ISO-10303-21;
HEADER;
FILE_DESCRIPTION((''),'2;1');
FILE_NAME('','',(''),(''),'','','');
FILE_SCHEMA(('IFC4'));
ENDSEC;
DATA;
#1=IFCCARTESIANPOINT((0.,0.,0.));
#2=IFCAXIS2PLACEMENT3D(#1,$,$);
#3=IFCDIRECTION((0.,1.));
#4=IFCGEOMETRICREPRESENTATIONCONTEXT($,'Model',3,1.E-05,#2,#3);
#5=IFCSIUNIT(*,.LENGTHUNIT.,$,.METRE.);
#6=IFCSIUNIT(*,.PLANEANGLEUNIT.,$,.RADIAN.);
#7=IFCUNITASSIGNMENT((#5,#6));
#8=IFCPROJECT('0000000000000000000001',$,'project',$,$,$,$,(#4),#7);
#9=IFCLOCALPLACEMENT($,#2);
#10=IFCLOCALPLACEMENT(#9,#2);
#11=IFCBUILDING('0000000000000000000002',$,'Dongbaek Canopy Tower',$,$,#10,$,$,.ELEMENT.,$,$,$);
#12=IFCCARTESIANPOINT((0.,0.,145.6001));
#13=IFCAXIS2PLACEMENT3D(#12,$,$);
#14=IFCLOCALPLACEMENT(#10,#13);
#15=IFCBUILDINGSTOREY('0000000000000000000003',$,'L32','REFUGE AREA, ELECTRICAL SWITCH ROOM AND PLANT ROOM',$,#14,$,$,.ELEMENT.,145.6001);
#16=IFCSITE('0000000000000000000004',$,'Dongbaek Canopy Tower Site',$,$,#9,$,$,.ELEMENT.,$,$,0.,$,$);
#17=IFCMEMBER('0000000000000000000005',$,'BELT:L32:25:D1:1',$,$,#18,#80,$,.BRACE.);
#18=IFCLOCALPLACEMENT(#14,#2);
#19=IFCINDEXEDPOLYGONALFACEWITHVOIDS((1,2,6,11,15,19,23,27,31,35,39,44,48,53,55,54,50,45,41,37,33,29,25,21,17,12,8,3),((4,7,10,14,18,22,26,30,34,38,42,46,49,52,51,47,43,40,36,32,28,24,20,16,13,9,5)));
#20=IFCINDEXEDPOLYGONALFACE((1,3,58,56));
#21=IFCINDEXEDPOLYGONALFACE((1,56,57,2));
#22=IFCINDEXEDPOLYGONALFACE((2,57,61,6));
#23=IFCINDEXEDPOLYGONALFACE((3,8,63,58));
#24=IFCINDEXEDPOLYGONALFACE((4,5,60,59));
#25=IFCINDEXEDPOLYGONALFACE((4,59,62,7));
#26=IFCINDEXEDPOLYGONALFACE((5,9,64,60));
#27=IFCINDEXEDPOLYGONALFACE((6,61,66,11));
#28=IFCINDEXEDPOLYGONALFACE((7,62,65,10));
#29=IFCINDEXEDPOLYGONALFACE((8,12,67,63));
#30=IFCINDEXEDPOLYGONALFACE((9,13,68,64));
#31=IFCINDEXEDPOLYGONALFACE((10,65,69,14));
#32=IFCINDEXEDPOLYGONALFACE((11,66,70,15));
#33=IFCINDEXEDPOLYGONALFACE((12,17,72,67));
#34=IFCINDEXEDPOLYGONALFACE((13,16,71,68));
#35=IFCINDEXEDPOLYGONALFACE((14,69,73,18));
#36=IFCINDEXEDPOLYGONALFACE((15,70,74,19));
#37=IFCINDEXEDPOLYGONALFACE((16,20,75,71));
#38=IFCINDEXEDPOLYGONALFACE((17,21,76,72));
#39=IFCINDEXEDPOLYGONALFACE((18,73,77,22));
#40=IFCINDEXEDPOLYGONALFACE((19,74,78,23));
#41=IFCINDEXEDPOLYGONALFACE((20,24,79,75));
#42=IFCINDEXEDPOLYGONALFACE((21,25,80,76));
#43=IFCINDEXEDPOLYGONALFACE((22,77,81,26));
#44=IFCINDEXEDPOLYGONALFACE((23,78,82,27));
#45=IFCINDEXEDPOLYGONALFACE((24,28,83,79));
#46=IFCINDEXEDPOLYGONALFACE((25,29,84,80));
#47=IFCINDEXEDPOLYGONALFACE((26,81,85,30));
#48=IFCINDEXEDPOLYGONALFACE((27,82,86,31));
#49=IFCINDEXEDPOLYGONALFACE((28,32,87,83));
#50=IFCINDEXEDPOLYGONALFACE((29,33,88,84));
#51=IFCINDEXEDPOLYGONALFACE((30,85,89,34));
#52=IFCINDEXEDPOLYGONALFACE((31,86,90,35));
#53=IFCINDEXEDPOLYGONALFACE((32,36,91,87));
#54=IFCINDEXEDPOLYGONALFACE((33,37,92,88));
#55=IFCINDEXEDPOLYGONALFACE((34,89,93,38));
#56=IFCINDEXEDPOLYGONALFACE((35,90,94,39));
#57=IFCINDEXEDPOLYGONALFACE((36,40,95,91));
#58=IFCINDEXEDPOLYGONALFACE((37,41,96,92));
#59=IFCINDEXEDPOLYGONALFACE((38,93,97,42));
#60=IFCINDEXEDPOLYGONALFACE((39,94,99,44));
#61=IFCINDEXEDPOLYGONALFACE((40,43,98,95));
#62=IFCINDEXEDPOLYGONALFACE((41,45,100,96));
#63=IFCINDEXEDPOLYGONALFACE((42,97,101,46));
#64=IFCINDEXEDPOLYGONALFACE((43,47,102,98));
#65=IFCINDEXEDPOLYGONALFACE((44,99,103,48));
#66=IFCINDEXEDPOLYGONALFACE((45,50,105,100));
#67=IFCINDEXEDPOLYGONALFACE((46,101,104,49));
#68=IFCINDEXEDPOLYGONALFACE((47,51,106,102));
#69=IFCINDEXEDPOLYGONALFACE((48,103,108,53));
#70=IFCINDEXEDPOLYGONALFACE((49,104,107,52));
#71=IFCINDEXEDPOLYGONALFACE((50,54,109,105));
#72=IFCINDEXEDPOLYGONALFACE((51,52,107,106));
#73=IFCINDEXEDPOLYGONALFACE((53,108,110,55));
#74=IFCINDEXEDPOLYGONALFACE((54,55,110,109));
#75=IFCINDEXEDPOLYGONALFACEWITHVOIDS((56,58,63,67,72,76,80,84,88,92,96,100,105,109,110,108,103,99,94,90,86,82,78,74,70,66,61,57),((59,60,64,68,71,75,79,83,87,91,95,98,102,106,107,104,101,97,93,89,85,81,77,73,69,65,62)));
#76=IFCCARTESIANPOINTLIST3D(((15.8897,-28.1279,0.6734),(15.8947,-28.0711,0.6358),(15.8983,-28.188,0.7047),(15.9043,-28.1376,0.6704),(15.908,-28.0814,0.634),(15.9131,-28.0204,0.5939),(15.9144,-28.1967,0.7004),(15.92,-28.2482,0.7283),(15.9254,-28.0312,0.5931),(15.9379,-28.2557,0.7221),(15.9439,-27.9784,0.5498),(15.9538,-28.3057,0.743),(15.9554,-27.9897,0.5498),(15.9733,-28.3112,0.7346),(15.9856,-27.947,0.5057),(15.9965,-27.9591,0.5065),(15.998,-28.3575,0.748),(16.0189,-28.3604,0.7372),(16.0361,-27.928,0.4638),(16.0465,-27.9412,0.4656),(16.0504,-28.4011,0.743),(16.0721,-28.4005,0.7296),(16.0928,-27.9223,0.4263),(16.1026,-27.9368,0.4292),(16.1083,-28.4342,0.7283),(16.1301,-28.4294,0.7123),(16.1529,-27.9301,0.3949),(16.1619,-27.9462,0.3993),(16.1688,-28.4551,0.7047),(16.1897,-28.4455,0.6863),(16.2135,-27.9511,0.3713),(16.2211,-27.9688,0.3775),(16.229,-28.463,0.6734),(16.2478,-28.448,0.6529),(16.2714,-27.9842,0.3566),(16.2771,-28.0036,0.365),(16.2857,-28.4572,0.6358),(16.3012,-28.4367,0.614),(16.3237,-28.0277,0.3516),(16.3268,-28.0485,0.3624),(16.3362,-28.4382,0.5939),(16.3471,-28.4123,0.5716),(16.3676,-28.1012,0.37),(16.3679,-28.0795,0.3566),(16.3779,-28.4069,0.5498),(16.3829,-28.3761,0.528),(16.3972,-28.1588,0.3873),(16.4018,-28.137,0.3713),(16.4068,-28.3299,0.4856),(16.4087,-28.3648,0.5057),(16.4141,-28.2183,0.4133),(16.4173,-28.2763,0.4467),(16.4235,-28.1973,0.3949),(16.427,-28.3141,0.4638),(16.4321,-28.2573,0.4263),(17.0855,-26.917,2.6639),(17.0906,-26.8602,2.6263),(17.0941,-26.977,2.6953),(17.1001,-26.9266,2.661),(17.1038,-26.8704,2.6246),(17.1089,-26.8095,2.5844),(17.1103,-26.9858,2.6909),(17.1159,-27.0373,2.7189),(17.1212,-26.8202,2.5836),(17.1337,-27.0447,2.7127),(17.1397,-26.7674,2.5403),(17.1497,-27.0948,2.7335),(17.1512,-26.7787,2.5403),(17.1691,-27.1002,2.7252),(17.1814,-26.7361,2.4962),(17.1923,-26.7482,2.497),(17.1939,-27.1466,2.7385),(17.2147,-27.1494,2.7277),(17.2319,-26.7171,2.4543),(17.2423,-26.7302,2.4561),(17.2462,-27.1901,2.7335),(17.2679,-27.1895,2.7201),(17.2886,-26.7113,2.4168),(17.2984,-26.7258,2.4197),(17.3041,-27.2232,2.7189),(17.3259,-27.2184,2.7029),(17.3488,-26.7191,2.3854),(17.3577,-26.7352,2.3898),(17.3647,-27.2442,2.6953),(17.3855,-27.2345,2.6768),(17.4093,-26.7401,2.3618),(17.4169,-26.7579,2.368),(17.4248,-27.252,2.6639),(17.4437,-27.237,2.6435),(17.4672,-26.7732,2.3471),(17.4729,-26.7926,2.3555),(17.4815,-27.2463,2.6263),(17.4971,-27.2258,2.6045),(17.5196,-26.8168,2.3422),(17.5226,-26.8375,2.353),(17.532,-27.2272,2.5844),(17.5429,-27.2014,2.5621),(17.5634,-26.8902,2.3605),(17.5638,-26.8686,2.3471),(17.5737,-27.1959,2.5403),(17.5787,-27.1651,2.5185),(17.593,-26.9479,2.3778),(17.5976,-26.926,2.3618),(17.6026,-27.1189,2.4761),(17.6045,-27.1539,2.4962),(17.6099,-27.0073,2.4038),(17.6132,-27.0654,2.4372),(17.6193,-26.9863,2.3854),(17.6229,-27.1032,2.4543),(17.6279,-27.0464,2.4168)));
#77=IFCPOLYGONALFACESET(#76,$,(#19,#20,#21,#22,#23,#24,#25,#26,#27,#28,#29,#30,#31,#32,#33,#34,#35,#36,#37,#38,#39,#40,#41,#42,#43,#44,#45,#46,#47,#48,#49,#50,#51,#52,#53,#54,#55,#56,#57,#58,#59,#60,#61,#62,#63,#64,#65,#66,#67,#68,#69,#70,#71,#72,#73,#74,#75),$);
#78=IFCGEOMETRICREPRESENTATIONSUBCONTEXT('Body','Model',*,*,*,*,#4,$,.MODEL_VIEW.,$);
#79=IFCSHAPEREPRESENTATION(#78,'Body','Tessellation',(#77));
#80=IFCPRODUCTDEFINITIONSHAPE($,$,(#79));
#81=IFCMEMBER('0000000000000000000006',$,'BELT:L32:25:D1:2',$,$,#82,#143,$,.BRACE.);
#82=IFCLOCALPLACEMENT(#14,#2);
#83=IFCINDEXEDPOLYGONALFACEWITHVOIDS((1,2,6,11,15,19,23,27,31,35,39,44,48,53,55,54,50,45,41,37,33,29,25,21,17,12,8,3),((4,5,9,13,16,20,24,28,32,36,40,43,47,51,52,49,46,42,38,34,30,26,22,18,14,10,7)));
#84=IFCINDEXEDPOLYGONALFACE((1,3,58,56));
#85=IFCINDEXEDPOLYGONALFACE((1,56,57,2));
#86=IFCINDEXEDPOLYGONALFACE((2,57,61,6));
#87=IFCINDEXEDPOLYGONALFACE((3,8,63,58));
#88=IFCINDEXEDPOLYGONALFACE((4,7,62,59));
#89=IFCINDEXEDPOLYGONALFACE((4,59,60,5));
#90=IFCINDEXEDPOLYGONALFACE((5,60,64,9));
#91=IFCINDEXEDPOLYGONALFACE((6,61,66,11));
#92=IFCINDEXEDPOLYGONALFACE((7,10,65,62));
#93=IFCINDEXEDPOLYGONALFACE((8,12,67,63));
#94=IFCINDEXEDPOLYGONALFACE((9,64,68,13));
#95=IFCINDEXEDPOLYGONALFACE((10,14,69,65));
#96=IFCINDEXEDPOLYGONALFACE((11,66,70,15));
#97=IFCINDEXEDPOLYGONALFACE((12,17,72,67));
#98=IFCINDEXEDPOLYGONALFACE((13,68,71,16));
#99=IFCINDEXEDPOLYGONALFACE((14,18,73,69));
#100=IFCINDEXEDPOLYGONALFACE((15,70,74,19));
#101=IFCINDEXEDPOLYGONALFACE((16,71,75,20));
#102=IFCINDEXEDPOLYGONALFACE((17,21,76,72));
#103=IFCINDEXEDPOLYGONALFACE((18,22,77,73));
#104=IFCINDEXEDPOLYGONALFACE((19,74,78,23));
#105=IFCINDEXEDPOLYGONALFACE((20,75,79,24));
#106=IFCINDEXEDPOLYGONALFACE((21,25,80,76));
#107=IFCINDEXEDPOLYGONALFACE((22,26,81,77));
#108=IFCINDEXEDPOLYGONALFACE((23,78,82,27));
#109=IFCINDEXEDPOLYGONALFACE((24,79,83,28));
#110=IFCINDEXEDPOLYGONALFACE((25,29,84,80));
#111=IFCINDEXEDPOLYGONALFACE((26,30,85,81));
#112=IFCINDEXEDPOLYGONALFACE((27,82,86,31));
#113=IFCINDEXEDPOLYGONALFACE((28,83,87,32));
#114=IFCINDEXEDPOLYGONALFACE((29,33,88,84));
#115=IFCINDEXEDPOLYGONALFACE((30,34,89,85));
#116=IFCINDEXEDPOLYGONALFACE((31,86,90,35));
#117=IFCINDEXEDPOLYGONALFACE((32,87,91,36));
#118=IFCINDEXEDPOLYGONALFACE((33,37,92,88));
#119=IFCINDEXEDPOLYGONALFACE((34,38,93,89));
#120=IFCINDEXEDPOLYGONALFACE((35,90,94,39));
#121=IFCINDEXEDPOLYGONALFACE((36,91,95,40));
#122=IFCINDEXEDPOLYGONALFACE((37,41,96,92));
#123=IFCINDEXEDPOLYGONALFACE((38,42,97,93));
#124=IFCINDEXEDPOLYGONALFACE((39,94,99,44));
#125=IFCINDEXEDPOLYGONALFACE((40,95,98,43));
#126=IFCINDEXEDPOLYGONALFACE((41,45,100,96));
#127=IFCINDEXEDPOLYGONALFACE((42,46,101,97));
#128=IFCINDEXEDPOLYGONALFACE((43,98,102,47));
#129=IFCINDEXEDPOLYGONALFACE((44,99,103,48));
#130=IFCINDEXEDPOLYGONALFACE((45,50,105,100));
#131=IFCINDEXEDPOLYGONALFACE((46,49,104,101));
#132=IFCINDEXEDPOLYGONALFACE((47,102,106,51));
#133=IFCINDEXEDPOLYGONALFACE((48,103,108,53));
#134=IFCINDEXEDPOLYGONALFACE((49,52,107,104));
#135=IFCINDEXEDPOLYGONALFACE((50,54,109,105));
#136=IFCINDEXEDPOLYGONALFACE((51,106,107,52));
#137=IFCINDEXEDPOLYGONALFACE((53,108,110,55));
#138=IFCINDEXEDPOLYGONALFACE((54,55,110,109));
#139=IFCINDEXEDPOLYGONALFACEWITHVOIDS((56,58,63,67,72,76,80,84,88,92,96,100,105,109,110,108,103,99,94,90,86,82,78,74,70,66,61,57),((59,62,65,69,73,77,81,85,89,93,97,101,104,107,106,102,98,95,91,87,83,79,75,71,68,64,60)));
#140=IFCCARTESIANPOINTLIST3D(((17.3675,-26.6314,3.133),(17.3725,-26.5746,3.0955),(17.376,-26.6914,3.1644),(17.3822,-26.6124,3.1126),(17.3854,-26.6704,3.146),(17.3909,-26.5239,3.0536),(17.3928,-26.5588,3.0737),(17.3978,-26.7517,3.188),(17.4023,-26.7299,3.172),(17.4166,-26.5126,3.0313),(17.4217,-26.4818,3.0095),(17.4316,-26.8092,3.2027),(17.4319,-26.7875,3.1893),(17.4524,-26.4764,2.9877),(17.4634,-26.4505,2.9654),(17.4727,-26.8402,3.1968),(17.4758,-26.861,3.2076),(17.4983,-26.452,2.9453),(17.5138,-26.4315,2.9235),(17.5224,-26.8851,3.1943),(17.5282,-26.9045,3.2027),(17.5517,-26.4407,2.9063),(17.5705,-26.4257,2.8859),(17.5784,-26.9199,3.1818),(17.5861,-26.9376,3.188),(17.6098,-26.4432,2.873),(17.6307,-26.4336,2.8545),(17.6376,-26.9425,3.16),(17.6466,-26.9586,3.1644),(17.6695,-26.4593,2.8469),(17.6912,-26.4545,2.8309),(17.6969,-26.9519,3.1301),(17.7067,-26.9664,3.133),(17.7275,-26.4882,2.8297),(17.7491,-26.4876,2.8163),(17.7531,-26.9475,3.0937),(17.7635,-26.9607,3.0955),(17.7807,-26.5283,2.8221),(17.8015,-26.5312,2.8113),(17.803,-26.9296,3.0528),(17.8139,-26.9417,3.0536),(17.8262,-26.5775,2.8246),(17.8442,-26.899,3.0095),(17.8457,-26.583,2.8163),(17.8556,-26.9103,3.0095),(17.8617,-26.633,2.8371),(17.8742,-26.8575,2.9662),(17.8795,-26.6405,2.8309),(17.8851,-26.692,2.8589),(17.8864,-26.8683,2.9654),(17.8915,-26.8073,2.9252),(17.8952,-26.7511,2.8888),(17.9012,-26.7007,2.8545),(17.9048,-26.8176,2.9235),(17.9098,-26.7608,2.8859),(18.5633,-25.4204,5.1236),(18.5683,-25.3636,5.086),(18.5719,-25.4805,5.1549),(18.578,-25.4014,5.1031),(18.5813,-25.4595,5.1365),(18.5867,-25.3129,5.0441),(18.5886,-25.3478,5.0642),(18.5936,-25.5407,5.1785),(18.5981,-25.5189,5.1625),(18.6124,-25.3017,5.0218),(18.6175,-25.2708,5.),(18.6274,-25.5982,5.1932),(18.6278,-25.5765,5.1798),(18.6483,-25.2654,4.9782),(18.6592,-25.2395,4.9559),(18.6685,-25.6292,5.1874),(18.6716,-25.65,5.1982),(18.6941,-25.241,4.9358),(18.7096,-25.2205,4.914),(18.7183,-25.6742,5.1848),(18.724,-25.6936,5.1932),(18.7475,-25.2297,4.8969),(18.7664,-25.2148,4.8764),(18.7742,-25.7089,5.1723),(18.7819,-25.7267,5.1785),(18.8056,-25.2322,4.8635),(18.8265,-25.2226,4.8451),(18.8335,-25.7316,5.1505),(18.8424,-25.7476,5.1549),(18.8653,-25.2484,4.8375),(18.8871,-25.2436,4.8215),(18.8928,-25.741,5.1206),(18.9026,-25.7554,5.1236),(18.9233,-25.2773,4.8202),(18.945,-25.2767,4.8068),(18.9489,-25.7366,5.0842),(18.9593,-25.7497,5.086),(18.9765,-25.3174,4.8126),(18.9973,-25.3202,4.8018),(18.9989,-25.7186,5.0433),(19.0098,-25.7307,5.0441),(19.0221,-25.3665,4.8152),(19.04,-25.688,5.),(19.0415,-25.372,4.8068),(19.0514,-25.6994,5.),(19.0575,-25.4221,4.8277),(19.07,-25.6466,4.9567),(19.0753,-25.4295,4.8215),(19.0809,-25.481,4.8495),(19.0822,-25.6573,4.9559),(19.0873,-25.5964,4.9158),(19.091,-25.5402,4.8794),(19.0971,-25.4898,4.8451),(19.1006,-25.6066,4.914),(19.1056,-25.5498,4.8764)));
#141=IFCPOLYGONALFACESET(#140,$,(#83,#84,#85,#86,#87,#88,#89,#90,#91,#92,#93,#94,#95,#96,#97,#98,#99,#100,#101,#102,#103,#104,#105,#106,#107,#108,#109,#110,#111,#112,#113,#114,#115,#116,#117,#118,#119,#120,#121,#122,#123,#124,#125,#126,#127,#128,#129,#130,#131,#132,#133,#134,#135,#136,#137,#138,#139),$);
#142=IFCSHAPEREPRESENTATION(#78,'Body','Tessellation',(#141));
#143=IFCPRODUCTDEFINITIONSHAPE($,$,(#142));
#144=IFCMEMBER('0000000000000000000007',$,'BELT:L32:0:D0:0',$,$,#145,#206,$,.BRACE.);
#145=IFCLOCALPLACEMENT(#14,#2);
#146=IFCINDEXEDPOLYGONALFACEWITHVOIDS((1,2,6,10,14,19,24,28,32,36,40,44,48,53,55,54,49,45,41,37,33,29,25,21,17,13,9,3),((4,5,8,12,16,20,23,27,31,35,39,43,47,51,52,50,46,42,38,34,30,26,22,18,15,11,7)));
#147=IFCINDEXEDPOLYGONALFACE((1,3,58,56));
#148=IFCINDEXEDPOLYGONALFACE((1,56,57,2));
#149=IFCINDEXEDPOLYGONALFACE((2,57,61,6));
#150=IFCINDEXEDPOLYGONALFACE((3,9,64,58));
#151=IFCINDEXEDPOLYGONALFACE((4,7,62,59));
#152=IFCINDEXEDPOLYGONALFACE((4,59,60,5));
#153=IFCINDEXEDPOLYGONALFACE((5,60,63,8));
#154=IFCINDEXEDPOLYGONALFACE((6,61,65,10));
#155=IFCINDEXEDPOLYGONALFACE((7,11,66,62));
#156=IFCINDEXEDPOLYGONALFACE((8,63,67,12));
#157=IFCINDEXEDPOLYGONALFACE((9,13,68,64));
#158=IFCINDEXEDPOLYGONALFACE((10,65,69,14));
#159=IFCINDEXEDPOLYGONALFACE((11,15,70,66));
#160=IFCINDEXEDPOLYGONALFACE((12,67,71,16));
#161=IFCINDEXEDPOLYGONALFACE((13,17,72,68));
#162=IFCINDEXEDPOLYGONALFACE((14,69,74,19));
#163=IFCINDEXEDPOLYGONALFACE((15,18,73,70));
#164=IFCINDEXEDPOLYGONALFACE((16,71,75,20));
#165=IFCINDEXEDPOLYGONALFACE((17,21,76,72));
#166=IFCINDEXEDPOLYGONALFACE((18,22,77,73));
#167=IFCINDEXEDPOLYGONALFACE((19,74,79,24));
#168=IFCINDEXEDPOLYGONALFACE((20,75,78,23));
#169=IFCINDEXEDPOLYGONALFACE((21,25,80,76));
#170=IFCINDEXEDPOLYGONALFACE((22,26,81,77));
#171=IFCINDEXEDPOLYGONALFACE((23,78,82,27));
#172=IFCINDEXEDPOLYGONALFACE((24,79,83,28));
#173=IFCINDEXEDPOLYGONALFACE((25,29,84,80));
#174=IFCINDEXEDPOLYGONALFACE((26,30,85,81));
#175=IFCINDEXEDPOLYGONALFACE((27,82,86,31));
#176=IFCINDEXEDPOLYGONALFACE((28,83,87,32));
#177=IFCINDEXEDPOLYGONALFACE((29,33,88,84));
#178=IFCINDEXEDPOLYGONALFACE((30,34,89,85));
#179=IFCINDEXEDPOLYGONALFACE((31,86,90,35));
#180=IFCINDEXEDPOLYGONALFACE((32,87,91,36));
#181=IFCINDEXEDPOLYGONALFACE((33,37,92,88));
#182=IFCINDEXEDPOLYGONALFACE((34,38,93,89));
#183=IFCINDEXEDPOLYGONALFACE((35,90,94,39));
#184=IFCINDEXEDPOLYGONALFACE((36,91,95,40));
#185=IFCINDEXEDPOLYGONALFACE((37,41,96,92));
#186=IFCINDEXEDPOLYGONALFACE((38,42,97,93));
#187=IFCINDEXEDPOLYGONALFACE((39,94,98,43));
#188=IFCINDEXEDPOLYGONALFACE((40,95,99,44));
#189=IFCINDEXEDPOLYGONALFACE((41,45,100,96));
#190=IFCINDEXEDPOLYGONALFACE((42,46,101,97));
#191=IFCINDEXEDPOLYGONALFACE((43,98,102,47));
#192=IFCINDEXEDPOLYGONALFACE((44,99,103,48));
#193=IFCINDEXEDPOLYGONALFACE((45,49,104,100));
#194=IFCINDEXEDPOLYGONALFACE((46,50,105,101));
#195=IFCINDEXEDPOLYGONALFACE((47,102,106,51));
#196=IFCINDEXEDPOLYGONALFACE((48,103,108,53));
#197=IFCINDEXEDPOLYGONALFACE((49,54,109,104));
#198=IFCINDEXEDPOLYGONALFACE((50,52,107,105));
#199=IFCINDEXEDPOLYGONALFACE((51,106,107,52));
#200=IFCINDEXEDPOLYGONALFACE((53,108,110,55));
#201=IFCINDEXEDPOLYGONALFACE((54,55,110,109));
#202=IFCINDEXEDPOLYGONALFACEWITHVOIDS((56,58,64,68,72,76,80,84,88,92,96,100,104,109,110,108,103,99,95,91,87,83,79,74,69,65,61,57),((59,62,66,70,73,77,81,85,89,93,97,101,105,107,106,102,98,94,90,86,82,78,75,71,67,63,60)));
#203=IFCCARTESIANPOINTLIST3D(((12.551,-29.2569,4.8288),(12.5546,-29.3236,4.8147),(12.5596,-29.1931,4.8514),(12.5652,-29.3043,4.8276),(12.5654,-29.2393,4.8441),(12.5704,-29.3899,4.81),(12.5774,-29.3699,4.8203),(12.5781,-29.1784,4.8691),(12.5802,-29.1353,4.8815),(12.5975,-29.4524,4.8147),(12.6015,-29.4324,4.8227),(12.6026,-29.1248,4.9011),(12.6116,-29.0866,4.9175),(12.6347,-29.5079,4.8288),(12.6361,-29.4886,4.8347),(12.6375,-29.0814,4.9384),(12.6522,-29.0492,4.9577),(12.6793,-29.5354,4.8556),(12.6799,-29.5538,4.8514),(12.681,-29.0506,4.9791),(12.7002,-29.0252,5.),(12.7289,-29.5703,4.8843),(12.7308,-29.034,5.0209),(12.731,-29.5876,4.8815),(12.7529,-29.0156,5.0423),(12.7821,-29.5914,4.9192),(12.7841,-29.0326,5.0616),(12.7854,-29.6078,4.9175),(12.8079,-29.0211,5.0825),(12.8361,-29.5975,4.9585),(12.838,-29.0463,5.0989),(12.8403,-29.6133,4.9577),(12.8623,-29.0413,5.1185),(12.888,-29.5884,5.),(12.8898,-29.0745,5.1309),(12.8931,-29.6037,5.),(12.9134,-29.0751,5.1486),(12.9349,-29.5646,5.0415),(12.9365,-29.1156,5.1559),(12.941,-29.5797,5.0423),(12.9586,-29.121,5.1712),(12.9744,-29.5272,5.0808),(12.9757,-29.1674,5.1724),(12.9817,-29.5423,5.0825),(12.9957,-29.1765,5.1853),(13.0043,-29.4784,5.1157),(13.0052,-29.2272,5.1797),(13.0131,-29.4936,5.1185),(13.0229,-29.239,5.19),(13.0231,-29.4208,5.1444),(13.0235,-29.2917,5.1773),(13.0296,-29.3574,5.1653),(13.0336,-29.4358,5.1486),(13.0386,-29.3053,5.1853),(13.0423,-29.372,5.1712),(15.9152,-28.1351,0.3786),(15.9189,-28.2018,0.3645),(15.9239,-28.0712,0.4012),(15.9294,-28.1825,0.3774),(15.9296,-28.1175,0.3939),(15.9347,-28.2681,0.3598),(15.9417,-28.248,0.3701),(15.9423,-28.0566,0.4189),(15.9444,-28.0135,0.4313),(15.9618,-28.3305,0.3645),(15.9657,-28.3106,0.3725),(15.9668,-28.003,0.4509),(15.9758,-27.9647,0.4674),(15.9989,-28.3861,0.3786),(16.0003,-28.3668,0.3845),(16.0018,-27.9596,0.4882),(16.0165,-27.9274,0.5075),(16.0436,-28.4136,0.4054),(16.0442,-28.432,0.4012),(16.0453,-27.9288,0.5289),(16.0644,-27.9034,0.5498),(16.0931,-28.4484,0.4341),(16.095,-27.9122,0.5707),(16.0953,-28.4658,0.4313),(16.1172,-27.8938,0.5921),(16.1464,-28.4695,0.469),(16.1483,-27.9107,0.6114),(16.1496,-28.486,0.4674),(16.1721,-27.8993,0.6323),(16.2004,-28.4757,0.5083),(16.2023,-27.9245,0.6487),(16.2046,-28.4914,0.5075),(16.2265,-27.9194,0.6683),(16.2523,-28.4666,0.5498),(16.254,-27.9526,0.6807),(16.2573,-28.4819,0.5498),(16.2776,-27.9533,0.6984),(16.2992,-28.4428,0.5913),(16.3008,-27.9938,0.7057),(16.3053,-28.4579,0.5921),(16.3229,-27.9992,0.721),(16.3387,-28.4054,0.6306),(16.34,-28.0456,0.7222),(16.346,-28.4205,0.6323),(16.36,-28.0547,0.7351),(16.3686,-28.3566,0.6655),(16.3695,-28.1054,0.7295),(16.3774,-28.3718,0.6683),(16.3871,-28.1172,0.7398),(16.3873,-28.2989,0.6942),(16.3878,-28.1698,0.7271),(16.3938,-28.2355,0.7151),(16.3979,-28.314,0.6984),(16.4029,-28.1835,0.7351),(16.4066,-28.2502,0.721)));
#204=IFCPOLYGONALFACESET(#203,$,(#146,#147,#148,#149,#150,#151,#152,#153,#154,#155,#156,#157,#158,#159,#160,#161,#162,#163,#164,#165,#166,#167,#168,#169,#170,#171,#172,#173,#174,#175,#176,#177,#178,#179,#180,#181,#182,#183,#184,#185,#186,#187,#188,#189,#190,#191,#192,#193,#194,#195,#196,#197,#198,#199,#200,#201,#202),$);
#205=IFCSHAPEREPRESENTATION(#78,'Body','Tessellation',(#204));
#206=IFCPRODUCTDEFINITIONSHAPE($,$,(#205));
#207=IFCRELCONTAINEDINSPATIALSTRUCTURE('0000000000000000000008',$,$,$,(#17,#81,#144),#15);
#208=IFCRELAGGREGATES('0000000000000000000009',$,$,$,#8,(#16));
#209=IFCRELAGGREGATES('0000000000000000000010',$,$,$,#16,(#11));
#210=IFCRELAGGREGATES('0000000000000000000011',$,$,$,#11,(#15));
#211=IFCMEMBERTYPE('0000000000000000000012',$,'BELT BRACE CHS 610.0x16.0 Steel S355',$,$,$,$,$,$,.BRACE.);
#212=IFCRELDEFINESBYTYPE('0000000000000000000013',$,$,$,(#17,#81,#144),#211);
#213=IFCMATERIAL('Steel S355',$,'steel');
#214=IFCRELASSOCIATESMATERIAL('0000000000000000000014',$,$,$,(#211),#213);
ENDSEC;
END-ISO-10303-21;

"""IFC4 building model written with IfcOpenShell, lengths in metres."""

from ifc_helpers import new_model, si_unit, direction, frame, origin, origin_2d, place, context, subcontext, project, spatial, hollow_circle, extrude, material, material_profile, profile_set, type_object, element, save


model = new_model("IFC4")

# Units and contexts
model_context = context("Model", 3, precision=1e-05, world=origin(), true_north=direction((0.0, 1.0)))
body_context = subcontext(model_context, "Body", "Model", "MODEL_VIEW")
ifc_project = project(units=[si_unit("LENGTHUNIT", "METRE"), si_unit("PLANEANGLEUNIT", "RADIAN")], contexts=[model_context])

# Site, building, storey
site_placement = place(None, origin())
site = spatial("IfcSite", under=ifc_project, at=site_placement, Name="Dongbaek Canopy Tower Site", CompositionType="ELEMENT", RefElevation=0.0)
building_placement = place(site_placement, origin())
building = spatial("IfcBuilding", under=site, at=building_placement, Name="Dongbaek Canopy Tower", CompositionType="ELEMENT")
storey_placement = place(building_placement, frame((0.0, 0.0, 145.6001)))
storey = spatial("IfcBuildingStorey", under=building, at=storey_placement, Name="L32", Description="REFUGE AREA, ELECTRICAL SWITCH ROOM AND PLANT ROOM", CompositionType="ELEMENT", Elevation=145.6001)

# Members
ifc_material_1 = material(Name="Steel S355", Category="steel")
ifc_material_profile_1 = material_profile(ifc_material_1, hollow_circle(Radius=0.3049, WallThickness=0.0161, at=origin_2d()), Name="BELT BRACE CHS 610.0x16.0 Steel S355")
ifc_profile_set_1 = profile_set([ifc_material_profile_1], Name="Steel S355")
member_type_1 = type_object("IfcMemberType", Name="BELT BRACE CHS 610.0x16.0 Steel S355", PredefinedType="BRACE", material=ifc_profile_set_1)
for number, where, z_axis, x_axis, name in (
    (1, (16.1609, -28.1926, 0.5498), (0.456615, 0.462395, 0.760062), (-0.71154, 0.702646, 0.0), "BELT:L32:25:D1:1"),
    (2, (18.8345, -25.4851, 5.0), (-0.456615, -0.462395, -0.760062), (0.71154, -0.702646, 0.0), "BELT:L32:25:D1:2"),
):
    element("IfcMember", number, at=place(storey_placement, frame(where, z_axis=z_axis, x_axis=x_axis)), inside=storey, type_object=member_type_1, Name=name, PredefinedType="BRACE", context=body_context, shape_type="SweptSolid", body=[
        extrude(hollow_circle(Radius=0.3049, WallThickness=0.0161, at=origin_2d()), origin(), (0.0, 0.0, 1.0), 2.6189),
    ])
member_1_placement = place(storey_placement, frame((16.1609, -28.1926, 0.5498), z_axis=(-0.591214, -0.197143, 0.782049), x_axis=(0.316331, -0.948649, 0.0)))
element("IfcMember", 3, at=member_1_placement, inside=storey, type_object=member_type_1, Name="BELT:L32:0:D0:0", PredefinedType="BRACE", context=body_context, shape_type="SweptSolid", body=[
    extrude(hollow_circle(Radius=0.3049, WallThickness=0.0161, at=origin_2d()), origin(), (0.0, 0.0, 1.0), 5.6904),
])

save(model, "model.ifc")
